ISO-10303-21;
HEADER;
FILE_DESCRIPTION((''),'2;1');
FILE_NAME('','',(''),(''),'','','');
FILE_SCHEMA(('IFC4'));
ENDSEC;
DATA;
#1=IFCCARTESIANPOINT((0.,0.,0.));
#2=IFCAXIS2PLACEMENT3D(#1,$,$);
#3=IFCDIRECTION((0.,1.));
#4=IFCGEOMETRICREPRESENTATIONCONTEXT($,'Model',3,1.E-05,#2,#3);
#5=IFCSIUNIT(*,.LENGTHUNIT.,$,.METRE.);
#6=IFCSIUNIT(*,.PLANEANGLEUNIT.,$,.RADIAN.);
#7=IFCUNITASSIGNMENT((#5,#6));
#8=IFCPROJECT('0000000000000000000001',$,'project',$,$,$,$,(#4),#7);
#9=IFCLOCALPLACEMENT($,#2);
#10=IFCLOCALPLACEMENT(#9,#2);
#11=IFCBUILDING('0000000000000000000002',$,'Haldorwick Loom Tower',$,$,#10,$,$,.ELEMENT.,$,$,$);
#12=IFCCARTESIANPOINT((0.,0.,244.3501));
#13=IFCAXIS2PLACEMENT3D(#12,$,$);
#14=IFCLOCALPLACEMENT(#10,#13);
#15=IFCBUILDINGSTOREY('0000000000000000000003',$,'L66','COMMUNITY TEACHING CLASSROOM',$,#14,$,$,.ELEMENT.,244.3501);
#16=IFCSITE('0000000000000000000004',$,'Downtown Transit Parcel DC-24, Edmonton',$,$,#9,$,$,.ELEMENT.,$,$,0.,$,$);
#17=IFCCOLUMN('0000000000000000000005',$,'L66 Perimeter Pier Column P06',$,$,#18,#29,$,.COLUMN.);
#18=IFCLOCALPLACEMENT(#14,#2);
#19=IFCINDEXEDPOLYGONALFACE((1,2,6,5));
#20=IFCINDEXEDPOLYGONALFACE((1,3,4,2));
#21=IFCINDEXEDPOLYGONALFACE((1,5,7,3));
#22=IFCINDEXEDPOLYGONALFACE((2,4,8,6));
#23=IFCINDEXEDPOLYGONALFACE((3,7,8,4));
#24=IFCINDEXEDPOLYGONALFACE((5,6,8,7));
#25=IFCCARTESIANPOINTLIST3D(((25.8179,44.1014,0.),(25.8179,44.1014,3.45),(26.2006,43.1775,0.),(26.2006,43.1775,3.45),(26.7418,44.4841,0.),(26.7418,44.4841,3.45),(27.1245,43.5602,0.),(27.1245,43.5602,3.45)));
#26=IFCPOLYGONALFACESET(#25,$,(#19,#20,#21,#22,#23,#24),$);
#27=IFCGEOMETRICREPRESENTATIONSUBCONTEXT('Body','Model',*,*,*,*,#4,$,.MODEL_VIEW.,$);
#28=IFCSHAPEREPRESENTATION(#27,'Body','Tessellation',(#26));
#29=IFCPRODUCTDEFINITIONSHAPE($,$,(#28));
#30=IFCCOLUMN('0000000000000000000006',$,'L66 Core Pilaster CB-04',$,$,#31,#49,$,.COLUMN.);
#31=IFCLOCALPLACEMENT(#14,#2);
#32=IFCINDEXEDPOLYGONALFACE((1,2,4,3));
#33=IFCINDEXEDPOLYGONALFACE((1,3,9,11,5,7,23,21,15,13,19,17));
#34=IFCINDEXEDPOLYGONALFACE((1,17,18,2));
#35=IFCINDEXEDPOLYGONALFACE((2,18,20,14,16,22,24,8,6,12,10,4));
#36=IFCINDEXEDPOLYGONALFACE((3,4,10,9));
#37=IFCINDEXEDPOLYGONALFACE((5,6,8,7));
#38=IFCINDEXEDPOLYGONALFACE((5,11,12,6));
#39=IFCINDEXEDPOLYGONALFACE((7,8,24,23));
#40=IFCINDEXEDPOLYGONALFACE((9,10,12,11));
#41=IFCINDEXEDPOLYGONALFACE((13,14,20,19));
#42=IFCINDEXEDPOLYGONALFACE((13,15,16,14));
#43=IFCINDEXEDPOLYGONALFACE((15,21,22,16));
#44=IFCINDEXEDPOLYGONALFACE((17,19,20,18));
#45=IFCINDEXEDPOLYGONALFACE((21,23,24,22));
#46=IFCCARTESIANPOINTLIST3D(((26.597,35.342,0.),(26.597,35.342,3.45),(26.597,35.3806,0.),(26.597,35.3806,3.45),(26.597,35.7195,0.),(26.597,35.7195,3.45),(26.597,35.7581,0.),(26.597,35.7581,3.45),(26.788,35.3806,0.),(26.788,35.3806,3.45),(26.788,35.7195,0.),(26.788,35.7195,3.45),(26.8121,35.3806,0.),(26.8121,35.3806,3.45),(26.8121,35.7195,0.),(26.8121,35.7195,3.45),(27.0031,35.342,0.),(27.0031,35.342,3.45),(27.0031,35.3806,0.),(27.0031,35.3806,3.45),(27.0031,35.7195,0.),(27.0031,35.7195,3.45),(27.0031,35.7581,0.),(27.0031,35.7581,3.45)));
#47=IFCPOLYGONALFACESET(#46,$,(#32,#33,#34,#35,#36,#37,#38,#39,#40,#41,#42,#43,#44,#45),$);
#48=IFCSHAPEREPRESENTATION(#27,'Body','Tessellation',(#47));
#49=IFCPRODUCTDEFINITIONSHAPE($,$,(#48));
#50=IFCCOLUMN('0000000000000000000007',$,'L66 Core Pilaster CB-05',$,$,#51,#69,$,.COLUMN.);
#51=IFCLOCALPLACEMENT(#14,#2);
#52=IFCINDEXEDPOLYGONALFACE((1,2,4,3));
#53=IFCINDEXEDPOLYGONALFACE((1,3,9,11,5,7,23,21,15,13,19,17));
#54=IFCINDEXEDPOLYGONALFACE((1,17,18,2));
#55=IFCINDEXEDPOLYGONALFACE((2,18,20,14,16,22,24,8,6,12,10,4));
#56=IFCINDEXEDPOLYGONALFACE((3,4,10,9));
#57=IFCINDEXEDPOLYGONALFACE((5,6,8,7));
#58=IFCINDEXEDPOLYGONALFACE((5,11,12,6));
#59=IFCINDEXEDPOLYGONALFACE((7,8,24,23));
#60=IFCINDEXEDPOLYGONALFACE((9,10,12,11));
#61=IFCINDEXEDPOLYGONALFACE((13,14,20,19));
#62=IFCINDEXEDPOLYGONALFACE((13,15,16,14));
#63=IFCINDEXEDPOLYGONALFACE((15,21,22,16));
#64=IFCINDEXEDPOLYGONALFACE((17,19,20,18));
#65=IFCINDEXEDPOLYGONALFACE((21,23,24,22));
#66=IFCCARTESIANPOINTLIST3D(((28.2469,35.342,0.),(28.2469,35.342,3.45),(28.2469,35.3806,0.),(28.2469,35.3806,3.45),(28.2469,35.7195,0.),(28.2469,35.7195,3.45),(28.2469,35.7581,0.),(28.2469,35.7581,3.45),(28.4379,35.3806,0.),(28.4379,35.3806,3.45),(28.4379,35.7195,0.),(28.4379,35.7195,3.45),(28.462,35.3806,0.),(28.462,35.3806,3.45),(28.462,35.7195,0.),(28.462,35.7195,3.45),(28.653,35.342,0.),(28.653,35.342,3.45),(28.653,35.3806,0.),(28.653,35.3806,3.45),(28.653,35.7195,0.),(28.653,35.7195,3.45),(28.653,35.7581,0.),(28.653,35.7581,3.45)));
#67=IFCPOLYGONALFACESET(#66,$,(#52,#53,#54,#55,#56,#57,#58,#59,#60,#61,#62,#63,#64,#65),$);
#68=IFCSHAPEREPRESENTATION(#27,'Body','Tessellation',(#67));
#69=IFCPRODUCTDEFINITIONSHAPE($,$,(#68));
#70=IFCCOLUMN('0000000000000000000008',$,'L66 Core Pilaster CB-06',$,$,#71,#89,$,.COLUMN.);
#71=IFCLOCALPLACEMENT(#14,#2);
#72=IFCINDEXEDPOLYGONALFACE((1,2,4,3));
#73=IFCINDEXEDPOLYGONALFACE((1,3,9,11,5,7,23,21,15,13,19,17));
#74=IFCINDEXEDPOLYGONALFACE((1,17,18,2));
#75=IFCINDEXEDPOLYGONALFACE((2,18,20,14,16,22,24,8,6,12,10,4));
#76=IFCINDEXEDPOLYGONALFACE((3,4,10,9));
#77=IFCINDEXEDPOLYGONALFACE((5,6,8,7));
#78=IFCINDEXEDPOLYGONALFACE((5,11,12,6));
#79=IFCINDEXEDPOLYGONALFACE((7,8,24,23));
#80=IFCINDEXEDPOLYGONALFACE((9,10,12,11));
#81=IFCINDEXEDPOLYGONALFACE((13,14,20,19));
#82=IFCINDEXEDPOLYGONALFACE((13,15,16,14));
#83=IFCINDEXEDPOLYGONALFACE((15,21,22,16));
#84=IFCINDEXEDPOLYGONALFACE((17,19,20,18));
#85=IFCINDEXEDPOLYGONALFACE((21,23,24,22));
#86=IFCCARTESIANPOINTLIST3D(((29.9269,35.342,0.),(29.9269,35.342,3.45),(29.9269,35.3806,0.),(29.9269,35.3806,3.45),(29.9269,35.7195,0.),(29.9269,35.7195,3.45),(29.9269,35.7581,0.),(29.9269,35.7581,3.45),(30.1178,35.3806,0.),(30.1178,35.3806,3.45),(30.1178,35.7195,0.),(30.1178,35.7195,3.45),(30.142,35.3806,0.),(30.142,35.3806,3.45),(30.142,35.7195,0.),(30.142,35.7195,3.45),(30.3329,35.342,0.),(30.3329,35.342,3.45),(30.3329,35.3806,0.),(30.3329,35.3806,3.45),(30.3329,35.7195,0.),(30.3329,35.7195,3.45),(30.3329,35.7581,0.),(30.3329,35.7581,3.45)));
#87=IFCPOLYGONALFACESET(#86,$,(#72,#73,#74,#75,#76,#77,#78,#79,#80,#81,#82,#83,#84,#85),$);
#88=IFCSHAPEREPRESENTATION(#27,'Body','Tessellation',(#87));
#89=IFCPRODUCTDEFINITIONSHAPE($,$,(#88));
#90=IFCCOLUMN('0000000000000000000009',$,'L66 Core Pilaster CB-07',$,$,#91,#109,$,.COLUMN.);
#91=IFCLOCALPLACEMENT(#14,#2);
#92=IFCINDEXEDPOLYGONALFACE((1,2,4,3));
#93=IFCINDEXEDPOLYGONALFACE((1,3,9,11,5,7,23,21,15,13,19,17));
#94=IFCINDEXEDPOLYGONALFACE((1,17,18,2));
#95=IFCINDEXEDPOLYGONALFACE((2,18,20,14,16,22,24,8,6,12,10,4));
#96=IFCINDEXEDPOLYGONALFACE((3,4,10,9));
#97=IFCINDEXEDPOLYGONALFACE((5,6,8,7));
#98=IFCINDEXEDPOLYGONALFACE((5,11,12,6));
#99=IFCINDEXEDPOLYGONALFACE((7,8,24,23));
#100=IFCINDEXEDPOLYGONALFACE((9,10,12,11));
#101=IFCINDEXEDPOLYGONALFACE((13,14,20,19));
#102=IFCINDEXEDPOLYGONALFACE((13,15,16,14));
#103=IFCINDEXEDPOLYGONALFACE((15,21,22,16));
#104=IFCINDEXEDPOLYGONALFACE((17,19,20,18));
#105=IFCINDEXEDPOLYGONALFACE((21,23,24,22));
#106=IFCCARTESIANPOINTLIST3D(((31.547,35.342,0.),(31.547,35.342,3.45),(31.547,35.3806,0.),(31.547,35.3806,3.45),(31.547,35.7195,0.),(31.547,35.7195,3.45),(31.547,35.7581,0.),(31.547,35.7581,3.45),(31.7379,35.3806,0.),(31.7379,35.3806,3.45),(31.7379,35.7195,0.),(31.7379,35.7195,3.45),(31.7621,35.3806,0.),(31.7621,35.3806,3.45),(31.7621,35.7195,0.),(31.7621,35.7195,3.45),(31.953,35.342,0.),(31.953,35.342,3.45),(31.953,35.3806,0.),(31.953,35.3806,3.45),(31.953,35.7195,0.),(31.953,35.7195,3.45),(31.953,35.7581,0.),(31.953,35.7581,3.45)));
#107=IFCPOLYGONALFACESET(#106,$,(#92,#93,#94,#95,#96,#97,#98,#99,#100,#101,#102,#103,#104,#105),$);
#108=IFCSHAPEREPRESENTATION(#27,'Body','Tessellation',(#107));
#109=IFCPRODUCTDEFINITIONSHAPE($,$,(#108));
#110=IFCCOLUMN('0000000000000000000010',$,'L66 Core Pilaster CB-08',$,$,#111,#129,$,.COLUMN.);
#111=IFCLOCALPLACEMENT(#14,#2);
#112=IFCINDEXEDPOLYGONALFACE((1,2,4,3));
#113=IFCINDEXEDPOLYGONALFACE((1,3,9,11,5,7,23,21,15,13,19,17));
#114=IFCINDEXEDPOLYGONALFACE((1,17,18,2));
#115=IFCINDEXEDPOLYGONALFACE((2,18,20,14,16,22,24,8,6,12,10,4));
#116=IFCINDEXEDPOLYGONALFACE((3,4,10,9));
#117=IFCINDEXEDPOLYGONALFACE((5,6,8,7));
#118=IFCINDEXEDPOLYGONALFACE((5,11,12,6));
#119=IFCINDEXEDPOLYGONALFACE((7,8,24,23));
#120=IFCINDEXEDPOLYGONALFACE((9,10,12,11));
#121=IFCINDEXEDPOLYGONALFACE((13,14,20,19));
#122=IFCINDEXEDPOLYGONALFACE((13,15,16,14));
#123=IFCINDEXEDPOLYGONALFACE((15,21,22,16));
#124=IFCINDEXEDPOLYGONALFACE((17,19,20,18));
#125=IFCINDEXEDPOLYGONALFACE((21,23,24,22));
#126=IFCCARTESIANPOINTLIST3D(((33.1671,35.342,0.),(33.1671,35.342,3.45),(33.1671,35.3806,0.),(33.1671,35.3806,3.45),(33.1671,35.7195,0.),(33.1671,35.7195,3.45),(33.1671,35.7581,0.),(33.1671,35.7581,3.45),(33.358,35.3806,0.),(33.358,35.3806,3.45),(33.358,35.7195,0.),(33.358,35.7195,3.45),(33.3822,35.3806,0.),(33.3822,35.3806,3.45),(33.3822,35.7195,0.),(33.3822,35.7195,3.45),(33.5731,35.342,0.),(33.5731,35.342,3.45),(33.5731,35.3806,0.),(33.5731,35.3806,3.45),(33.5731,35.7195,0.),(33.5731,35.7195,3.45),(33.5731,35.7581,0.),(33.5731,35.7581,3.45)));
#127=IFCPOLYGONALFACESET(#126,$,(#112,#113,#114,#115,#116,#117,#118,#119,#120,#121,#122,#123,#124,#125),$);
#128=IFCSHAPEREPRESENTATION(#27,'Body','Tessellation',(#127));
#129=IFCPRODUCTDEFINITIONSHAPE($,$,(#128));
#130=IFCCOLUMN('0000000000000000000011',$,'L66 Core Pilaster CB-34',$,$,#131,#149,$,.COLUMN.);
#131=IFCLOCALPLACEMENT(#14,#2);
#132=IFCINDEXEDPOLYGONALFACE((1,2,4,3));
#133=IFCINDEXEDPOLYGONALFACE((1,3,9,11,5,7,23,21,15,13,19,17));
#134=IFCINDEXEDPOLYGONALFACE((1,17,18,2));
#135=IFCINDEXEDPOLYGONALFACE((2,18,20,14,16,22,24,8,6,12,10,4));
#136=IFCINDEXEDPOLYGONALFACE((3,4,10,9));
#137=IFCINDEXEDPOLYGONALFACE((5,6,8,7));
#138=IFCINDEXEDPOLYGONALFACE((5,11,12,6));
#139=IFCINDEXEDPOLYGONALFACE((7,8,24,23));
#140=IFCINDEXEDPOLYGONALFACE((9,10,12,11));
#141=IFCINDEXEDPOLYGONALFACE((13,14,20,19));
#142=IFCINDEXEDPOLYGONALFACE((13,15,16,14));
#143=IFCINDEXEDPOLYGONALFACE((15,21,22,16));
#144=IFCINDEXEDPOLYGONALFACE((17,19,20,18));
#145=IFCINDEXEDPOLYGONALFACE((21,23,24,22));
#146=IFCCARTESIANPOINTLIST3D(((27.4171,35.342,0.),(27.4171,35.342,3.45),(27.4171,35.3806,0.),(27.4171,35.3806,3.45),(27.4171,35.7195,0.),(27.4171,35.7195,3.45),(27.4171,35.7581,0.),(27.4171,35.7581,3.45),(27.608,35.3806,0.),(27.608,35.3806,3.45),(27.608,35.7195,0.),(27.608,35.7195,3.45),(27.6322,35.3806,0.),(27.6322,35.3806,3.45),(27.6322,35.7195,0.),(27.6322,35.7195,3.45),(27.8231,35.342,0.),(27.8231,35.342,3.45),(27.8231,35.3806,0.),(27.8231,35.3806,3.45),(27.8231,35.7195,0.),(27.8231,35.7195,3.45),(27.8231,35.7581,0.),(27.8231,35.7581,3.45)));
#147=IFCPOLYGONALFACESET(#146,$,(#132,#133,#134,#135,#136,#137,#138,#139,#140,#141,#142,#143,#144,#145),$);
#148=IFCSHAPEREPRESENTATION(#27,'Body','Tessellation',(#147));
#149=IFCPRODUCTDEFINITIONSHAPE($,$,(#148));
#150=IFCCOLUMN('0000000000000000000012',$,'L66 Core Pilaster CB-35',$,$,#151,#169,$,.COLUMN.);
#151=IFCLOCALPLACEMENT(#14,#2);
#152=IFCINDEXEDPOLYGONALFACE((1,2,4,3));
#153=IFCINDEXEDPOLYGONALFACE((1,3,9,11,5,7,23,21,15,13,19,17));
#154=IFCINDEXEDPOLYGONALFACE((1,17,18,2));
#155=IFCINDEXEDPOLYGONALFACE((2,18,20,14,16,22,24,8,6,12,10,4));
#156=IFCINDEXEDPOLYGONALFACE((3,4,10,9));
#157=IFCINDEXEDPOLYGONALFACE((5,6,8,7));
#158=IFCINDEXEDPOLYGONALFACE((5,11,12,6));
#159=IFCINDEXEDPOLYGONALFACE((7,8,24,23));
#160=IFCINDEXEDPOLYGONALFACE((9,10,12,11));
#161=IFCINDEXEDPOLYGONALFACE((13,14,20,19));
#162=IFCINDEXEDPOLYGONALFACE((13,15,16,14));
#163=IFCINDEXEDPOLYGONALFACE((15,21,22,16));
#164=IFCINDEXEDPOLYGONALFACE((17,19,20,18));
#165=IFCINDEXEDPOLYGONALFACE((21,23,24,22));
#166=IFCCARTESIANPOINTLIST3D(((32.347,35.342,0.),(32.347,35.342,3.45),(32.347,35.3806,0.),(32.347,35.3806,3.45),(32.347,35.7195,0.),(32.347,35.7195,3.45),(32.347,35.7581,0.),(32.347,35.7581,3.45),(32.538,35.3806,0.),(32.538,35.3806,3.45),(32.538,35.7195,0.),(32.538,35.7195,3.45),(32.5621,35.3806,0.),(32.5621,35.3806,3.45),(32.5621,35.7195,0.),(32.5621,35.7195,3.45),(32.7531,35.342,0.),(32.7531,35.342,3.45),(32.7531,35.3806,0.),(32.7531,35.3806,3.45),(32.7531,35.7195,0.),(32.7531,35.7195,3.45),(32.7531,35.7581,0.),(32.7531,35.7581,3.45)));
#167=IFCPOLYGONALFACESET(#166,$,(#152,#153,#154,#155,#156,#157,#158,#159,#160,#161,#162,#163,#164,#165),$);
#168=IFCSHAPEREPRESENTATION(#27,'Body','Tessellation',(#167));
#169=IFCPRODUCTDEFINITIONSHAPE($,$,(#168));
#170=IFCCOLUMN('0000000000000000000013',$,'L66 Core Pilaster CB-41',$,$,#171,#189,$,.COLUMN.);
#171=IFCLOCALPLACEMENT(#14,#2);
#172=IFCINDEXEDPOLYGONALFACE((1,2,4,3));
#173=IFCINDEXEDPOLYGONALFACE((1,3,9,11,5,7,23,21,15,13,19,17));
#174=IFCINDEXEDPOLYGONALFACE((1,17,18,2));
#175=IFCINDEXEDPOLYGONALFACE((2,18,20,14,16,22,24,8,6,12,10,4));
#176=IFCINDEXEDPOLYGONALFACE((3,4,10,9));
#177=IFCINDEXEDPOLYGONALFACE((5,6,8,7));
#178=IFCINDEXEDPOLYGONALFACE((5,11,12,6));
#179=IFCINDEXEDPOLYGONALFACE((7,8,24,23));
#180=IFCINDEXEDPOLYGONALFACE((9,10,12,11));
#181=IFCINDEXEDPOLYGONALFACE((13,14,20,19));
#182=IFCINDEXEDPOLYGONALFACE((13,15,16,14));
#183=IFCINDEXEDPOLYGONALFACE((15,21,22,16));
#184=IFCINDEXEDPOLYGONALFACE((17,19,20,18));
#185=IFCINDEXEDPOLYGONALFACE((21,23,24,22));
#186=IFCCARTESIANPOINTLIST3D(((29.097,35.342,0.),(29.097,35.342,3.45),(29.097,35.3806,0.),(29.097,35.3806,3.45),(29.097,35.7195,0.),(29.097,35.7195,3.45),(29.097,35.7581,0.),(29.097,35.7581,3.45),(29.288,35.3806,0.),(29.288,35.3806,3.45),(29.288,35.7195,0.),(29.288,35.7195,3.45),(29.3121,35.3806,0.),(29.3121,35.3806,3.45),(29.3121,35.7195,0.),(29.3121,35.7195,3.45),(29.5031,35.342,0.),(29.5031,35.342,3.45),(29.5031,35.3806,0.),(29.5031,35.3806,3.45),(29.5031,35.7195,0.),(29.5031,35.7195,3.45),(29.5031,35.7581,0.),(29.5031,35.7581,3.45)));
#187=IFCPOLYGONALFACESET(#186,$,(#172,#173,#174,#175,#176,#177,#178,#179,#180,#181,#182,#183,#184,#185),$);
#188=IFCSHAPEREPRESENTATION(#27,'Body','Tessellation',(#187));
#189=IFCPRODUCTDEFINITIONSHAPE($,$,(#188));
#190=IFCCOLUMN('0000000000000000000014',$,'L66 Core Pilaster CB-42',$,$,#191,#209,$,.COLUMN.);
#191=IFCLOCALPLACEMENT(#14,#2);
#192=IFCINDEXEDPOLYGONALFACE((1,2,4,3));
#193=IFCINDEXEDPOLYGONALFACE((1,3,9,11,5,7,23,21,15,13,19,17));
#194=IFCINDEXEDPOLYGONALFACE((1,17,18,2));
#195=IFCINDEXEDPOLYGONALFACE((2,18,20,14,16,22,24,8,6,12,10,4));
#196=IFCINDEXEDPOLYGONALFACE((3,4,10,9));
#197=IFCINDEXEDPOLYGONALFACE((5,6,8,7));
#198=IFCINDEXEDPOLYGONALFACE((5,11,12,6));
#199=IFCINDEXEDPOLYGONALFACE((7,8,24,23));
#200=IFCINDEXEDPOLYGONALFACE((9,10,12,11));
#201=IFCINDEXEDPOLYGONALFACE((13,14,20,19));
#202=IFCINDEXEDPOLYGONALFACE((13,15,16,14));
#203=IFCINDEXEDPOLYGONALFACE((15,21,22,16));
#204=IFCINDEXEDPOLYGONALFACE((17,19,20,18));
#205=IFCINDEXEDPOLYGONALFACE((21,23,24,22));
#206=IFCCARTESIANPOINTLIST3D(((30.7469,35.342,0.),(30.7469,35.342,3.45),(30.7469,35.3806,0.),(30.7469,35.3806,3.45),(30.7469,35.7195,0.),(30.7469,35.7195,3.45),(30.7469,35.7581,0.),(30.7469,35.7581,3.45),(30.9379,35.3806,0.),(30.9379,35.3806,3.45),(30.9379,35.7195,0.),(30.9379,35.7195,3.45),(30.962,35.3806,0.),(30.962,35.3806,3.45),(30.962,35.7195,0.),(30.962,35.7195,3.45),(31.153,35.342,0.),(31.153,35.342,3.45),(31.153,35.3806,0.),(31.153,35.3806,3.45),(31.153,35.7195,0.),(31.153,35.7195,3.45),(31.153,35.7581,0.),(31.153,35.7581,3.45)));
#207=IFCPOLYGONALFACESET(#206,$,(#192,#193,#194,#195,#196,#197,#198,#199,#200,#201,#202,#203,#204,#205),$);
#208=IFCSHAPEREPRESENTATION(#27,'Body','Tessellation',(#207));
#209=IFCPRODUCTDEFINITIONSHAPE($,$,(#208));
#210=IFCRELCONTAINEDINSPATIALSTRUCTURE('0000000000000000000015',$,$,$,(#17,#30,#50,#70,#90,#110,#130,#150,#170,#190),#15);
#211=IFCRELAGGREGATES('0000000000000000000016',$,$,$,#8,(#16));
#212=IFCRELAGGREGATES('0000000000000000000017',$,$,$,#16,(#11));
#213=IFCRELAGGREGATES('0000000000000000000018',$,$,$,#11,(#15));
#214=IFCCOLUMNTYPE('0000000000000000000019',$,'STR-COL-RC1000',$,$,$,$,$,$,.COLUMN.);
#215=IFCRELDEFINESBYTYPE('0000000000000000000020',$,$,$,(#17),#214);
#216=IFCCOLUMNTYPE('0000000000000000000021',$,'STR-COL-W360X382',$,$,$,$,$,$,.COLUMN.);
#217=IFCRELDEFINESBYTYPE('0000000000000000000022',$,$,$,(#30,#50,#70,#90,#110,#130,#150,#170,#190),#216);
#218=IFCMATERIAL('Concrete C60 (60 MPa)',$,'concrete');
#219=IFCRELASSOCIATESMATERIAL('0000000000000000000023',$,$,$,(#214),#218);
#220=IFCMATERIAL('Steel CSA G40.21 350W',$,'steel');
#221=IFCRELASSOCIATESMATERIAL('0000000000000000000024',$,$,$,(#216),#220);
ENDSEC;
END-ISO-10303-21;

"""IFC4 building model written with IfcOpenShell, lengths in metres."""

from ifc_helpers import new_model, si_unit, direction, frame, origin, origin_2d, place, context, subcontext, project, spatial, rectangle, i_section, extrude, material, material_profile, profile_set, type_object, element, save


model = new_model("IFC4")

# Units and contexts
model_context = context("Model", 3, precision=1e-05, world=origin(), true_north=direction((0.0, 1.0)))
body_context = subcontext(model_context, "Body", "Model", "MODEL_VIEW")
ifc_project = project(units=[si_unit("LENGTHUNIT", "METRE"), si_unit("PLANEANGLEUNIT", "RADIAN")], contexts=[model_context])

# Site, building, storey
site_placement = place(None, origin())
site = spatial("IfcSite", under=ifc_project, at=site_placement, Name="Downtown Transit Parcel DC-24, Edmonton", CompositionType="ELEMENT", RefElevation=0.0)
building_placement = place(site_placement, origin())
building = spatial("IfcBuilding", under=site, at=building_placement, Name="Haldorwick Loom Tower", CompositionType="ELEMENT")
storey_placement = place(building_placement, frame((0.0, 0.0, 244.3501)))
storey = spatial("IfcBuildingStorey", under=building, at=storey_placement, Name="L66", Description="COMMUNITY TEACHING CLASSROOM", CompositionType="ELEMENT", Elevation=244.3501)

# Columns
ifc_material_1 = material(Name="Concrete C60 (60 MPa)", Category="concrete")
ifc_material_profile_1 = material_profile(ifc_material_1, rectangle(XDim=1.0, YDim=1.0, at=origin_2d()), Name="RC1000X1000", Category="concrete")
ifc_profile_set_1 = profile_set([ifc_material_profile_1], Name="Concrete C60 (60 MPa)")
column_type_1 = type_object("IfcColumnType", Name="STR-COL-RC1000", PredefinedType="COLUMN", material=ifc_profile_set_1)
column_placement = place(storey_placement, frame((26.4712, 43.8308, 0.0), z_axis=(0.0, 0.0, 1.0), x_axis=(-0.382683, 0.92388, 0.0)))
element("IfcColumn", 1, at=column_placement, inside=storey, type_object=column_type_1, Name="L66 Perimeter Pier Column P06", PredefinedType="COLUMN", context=body_context, shape_type="SweptSolid", body=[
    extrude(rectangle(XDim=1.0, YDim=1.0, at=origin_2d()), origin(), (0.0, 0.0, 1.0), 3.45),
])
ifc_material_2 = material(Name="Steel CSA G40.21 350W", Category="steel")
ifc_material_profile_2 = material_profile(ifc_material_2, i_section(OverallWidth=0.406, OverallDepth=0.416, WebThickness=0.0242, FlangeThickness=0.0386, at=origin_2d()), Name="W360X382", Category="steel")
ifc_profile_set_2 = profile_set([ifc_material_profile_2], Name="Steel CSA G40.21 350W")
column_type_2 = type_object("IfcColumnType", Name="STR-COL-W360X382", PredefinedType="COLUMN", material=ifc_profile_set_2)
for number, where, z_axis, x_axis, name in (
    (2, (26.8, 35.55, 0.0), (0.0, 0.0, 1.0), (1.0, 0.0, 0.0), "L66 Core Pilaster CB-04"),
    (3, (28.45, 35.55, 0.0), (0.0, 0.0, 1.0), (1.0, 0.0, 0.0), "L66 Core Pilaster CB-05"),
    (4, (30.1299, 35.55, 0.0), (0.0, 0.0, 1.0), (1.0, 0.0, 0.0), "L66 Core Pilaster CB-06"),
    (5, (31.75, 35.55, 0.0), (0.0, 0.0, 1.0), (1.0, 0.0, 0.0), "L66 Core Pilaster CB-07"),
    (6, (33.3701, 35.55, 0.0), (0.0, 0.0, 1.0), (1.0, 0.0, 0.0), "L66 Core Pilaster CB-08"),
    (7, (27.6201, 35.55, 0.0), (0.0, 0.0, 1.0), (1.0, 0.0, 0.0), "L66 Core Pilaster CB-34"),
    (8, (32.55, 35.55, 0.0), (0.0, 0.0, 1.0), (1.0, 0.0, 0.0), "L66 Core Pilaster CB-35"),
    (9, (29.3, 35.55, 0.0), (0.0, 0.0, 1.0), (1.0, 0.0, 0.0), "L66 Core Pilaster CB-41"),
    (10, (30.95, 35.55, 0.0), (0.0, 0.0, 1.0), (1.0, 0.0, 0.0), "L66 Core Pilaster CB-42"),
):
    element("IfcColumn", number, at=place(storey_placement, frame(where, z_axis=z_axis, x_axis=x_axis)), inside=storey, type_object=column_type_2, Name=name, PredefinedType="COLUMN", context=body_context, shape_type="SweptSolid", body=[
        extrude(i_section(OverallWidth=0.406, OverallDepth=0.416, WebThickness=0.0242, FlangeThickness=0.0386, at=origin_2d()), origin(), (0.0, 0.0, 1.0), 3.45),
    ])

save(model, "model.ifc")
